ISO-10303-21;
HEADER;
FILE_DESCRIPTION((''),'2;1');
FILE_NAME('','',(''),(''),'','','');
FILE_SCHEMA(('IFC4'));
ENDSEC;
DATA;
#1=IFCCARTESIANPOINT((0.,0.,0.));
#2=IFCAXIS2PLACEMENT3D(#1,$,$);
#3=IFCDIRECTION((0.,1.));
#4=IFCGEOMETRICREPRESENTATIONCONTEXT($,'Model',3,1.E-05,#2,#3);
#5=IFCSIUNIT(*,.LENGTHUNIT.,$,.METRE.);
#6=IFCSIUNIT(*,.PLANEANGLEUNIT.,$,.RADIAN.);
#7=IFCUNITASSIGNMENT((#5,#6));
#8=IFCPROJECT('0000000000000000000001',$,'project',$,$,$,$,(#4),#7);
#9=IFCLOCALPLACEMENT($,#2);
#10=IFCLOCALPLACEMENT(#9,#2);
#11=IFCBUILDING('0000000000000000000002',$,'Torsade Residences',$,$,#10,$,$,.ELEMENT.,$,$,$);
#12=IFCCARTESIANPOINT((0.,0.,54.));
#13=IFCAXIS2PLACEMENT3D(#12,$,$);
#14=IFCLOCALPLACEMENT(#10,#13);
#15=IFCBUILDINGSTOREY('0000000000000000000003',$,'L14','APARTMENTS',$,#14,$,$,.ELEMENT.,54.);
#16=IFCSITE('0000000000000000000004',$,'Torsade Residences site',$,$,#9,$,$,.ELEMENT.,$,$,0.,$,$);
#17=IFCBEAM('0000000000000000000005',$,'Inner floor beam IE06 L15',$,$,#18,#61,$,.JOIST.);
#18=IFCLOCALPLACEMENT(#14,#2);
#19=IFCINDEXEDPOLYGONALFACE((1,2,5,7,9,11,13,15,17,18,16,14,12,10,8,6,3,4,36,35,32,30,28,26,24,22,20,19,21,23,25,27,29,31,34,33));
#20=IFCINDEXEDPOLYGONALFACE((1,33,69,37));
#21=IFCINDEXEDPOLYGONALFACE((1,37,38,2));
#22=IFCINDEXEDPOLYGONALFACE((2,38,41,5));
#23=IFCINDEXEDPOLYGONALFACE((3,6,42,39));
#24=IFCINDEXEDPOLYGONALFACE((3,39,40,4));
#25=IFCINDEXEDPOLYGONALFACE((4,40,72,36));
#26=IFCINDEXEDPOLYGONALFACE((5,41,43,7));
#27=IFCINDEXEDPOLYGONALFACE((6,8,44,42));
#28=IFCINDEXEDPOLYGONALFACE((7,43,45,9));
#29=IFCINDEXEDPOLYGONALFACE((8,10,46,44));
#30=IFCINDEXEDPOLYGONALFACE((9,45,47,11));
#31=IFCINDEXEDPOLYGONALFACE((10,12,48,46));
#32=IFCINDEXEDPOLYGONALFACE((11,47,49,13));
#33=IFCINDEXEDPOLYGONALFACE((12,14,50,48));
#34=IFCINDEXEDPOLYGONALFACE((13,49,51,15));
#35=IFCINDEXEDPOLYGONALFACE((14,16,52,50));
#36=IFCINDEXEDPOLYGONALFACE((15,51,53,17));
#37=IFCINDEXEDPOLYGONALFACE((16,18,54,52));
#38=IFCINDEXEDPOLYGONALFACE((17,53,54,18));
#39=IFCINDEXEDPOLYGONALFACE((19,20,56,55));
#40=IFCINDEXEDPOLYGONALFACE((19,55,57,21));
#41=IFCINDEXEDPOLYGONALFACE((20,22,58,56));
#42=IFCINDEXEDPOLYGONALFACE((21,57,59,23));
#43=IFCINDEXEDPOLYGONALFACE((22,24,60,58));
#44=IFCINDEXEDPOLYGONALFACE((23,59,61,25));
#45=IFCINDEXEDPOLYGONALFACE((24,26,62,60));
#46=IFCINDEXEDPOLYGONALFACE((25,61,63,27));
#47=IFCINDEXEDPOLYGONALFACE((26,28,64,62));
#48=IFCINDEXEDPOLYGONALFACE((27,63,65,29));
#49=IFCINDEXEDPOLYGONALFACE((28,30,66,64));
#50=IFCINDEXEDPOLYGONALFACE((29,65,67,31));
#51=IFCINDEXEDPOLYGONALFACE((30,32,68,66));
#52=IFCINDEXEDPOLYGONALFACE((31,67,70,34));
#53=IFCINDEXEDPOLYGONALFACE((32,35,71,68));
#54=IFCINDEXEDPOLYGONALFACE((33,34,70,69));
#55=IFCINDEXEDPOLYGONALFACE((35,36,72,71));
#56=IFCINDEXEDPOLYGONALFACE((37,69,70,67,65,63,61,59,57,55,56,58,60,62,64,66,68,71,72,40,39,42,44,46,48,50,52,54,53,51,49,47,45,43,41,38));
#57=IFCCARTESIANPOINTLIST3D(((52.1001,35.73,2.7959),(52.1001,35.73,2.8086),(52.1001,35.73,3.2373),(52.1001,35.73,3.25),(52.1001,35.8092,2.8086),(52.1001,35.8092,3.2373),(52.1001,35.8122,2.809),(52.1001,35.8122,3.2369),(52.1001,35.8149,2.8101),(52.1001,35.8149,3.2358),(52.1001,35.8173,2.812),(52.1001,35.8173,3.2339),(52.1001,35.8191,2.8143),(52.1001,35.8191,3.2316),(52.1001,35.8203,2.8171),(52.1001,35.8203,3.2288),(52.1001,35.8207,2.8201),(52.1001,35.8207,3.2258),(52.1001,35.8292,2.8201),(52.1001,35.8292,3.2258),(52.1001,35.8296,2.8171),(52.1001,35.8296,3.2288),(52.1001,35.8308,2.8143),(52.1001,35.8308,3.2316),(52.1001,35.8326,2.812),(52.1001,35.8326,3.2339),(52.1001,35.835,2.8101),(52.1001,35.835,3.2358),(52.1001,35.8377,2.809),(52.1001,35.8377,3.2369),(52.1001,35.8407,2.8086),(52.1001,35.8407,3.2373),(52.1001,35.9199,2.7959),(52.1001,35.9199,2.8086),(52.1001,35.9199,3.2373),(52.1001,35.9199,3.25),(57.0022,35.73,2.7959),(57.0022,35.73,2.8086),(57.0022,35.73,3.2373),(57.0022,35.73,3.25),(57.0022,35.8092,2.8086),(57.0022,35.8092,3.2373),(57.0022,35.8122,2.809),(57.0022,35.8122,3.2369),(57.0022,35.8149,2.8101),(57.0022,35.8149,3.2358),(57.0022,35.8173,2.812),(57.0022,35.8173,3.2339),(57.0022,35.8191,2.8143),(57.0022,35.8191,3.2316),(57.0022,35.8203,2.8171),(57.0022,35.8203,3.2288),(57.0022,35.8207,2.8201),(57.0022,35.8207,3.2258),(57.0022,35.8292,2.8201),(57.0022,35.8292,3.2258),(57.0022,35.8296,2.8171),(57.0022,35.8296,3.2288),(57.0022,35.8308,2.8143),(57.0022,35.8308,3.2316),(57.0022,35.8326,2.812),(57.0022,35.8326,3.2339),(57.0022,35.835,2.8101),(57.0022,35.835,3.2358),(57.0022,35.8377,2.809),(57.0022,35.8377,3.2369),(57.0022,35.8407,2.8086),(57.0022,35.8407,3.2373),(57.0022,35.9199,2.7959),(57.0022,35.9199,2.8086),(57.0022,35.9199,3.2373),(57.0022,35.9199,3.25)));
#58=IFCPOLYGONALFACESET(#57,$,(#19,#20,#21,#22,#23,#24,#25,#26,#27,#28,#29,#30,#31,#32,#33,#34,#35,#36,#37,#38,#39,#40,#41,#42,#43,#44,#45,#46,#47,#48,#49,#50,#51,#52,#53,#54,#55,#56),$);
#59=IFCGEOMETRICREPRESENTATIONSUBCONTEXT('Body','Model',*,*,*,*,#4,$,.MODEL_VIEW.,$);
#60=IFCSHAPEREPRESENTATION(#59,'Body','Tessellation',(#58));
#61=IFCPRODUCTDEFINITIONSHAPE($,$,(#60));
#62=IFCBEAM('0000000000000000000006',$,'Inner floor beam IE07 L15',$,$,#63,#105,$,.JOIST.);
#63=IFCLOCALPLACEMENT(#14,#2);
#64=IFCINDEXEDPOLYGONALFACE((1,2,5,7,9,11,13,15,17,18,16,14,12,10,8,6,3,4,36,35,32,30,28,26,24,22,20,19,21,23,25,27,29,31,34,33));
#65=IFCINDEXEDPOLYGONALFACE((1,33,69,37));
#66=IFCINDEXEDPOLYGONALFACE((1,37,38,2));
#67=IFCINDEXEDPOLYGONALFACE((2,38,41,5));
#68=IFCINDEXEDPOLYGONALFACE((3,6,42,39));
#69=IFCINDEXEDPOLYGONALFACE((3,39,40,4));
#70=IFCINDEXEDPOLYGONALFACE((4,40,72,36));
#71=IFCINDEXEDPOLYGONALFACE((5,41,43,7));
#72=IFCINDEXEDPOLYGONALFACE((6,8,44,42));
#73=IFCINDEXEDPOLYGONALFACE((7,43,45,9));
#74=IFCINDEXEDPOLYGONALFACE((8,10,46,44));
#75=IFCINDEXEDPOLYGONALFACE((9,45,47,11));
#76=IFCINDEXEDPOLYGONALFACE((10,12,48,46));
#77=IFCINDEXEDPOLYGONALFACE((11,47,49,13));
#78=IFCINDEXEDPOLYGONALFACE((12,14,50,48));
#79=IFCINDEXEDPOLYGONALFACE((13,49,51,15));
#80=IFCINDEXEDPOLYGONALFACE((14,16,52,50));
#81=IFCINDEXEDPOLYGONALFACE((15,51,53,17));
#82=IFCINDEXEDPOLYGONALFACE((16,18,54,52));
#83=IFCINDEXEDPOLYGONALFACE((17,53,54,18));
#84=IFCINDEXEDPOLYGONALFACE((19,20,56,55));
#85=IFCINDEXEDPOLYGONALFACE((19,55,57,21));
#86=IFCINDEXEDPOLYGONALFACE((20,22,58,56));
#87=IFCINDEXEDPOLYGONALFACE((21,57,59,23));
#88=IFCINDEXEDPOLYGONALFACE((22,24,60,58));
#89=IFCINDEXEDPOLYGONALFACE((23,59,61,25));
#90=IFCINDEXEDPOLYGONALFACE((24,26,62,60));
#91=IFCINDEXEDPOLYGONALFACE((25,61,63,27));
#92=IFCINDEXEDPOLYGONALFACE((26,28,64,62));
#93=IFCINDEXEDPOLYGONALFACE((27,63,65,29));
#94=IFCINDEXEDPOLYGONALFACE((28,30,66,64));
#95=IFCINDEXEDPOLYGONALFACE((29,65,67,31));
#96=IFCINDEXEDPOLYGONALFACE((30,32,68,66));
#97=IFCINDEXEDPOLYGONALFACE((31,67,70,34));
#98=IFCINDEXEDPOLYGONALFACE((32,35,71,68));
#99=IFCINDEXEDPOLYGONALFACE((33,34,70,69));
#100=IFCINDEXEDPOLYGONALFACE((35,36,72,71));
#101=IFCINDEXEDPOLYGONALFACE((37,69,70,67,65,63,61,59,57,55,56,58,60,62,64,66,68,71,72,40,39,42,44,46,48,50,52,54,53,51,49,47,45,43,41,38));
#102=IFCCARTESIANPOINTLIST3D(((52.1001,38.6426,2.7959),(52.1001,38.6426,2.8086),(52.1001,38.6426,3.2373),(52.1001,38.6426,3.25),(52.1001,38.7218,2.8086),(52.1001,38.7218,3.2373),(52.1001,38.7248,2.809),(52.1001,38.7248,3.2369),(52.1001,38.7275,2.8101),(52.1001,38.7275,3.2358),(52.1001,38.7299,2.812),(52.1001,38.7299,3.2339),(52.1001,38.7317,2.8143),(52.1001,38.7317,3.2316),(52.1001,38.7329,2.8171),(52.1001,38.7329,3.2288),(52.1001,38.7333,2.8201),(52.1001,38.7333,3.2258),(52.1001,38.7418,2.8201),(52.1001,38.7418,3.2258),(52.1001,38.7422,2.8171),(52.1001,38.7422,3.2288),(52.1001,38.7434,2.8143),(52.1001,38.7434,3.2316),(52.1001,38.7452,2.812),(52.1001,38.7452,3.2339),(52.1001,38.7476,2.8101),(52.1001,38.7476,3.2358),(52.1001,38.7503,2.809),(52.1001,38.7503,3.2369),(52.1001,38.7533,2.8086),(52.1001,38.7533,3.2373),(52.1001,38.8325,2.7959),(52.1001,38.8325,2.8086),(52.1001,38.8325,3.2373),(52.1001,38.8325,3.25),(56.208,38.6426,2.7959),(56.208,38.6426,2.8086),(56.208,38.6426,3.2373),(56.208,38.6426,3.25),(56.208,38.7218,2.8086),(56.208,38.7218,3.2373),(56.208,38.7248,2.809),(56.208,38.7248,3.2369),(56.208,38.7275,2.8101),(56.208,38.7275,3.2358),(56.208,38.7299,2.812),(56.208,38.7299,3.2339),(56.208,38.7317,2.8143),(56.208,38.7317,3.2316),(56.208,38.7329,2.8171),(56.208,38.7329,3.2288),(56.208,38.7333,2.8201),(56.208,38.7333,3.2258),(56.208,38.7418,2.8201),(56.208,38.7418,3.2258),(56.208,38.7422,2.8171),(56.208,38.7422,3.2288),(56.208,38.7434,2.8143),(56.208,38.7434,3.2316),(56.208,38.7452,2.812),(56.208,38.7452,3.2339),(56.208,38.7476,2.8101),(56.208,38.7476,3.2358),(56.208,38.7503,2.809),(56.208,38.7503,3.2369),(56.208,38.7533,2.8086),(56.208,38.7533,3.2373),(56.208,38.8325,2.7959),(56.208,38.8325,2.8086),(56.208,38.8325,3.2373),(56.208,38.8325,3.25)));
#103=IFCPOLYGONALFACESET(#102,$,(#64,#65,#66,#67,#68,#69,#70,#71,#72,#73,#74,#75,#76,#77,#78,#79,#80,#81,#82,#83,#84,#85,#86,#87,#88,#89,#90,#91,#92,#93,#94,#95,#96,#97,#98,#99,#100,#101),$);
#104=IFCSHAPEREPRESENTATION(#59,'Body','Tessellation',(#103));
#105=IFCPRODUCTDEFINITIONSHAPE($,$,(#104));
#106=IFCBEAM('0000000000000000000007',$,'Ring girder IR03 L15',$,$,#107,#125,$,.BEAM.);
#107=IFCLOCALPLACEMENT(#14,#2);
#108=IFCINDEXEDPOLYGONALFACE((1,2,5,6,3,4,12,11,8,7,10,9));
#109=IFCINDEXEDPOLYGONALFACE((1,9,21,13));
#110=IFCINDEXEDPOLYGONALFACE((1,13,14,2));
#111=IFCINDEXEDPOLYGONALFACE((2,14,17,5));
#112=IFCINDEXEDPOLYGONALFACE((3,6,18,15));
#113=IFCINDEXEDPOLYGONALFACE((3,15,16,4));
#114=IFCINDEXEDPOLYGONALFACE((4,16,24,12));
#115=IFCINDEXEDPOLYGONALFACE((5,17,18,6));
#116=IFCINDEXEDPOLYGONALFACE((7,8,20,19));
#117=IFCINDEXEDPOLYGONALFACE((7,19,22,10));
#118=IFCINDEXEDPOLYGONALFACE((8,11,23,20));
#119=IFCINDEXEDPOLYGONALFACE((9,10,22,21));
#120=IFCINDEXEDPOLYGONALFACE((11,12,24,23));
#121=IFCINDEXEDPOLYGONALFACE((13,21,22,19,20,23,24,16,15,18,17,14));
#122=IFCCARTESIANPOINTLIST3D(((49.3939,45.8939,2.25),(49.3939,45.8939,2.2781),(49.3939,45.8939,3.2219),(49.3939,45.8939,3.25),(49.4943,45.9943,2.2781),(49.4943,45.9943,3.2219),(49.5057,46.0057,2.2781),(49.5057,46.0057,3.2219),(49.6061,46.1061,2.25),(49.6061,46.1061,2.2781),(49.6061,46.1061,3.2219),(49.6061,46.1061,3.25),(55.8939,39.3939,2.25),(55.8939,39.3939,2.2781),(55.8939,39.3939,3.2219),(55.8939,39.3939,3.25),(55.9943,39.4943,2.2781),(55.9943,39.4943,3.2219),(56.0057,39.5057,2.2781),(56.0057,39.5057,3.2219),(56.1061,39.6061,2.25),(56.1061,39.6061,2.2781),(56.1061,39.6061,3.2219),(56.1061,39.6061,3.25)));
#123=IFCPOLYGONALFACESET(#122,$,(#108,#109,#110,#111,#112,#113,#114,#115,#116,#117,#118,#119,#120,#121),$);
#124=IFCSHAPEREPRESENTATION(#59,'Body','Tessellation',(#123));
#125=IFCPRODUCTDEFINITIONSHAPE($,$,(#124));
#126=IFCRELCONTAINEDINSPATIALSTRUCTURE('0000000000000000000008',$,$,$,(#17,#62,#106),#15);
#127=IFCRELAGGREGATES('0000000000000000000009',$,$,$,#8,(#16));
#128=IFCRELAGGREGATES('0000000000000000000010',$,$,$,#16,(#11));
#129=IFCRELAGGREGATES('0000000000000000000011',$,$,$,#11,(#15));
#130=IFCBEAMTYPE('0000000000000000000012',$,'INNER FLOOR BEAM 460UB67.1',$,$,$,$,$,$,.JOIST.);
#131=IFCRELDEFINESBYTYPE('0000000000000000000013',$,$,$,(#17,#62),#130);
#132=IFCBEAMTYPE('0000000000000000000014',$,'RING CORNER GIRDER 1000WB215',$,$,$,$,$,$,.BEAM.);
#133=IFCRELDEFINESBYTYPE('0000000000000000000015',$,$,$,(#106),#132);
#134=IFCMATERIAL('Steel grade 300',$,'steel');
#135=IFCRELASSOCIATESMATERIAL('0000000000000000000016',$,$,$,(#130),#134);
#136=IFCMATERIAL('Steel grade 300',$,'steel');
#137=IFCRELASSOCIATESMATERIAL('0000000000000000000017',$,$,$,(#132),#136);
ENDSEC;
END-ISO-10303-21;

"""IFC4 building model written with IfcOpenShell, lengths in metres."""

from ifc_helpers import new_model, si_unit, direction, frame, origin, origin_2d, place, context, subcontext, project, spatial, i_section, extrude, material, material_profile, profile_set, type_object, element, save


model = new_model("IFC4")

# Units and contexts
model_context = context("Model", 3, precision=1e-05, world=origin(), true_north=direction((0.0, 1.0)))
body_context = subcontext(model_context, "Body", "Model", "MODEL_VIEW")
ifc_project = project(units=[si_unit("LENGTHUNIT", "METRE"), si_unit("PLANEANGLEUNIT", "RADIAN")], contexts=[model_context])

# Site, building, storey
site_placement = place(None, origin())
site = spatial("IfcSite", under=ifc_project, at=site_placement, Name="Torsade Residences site", CompositionType="ELEMENT", RefElevation=0.0)
building_placement = place(site_placement, origin())
building = spatial("IfcBuilding", under=site, at=building_placement, Name="Torsade Residences", CompositionType="ELEMENT")
storey_placement = place(building_placement, frame((0.0, 0.0, 54.0)))
storey = spatial("IfcBuildingStorey", under=building, at=storey_placement, Name="L14", Description="APARTMENTS", CompositionType="ELEMENT", Elevation=54.0)

# Beams
ifc_material_1 = material(Name="Steel grade 300", Category="steel")
ifc_material_profile_1 = material_profile(ifc_material_1, i_section(OverallWidth=0.1899, OverallDepth=0.4541, WebThickness=0.0085, FlangeThickness=0.0127, FilletRadius=0.0115, at=origin_2d()), Name="460UB67.1")
ifc_profile_set_1 = profile_set([ifc_material_profile_1], Name="Steel grade 300")
beam_type_1 = type_object("IfcBeamType", Name="INNER FLOOR BEAM 460UB67.1", PredefinedType="JOIST", material=ifc_profile_set_1)
beam_1_placement = place(storey_placement, frame((52.1001, 35.825, 3.0229), z_axis=(1.0, 0.0, 0.0), x_axis=(0.0, 1.0, 0.0)))
element("IfcBeam", 1, at=beam_1_placement, inside=storey, type_object=beam_type_1, Name="Inner floor beam IE06 L15", PredefinedType="JOIST", context=body_context, shape_type="SweptSolid", body=[
    extrude(i_section(OverallWidth=0.1899, OverallDepth=0.4541, WebThickness=0.0085, FlangeThickness=0.0127, FilletRadius=0.0115, at=origin_2d()), origin(), (0.0, 0.0, 1.0), 4.9021),
])
beam_2_placement = place(storey_placement, frame((52.1001, 38.7375, 3.0229), z_axis=(1.0, 0.0, 0.0), x_axis=(0.0, 1.0, 0.0)))
element("IfcBeam", 2, at=beam_2_placement, inside=storey, type_object=beam_type_1, Name="Inner floor beam IE07 L15", PredefinedType="JOIST", context=body_context, shape_type="SweptSolid", body=[
    extrude(i_section(OverallWidth=0.1899, OverallDepth=0.4541, WebThickness=0.0085, FlangeThickness=0.0127, FilletRadius=0.0115, at=origin_2d()), origin(), (0.0, 0.0, 1.0), 4.1079),
])
ifc_material_2 = material(Name="Steel grade 300", Category="steel")
ifc_material_profile_2 = material_profile(ifc_material_2, i_section(OverallWidth=0.3, OverallDepth=1.0, WebThickness=0.0161, FlangeThickness=0.0281, at=origin_2d()), Name="1000WB215")
ifc_profile_set_2 = profile_set([ifc_material_profile_2], Name="Steel grade 300")
beam_type_2 = type_object("IfcBeamType", Name="RING CORNER GIRDER 1000WB215", PredefinedType="BEAM", material=ifc_profile_set_2)
beam_3_placement = place(storey_placement, frame((56.0, 39.5, 2.75), z_axis=(-0.707107, 0.707107, 0.0), x_axis=(-0.707107, -0.707107, 0.0)))
element("IfcBeam", 3, at=beam_3_placement, inside=storey, type_object=beam_type_2, Name="Ring girder IR03 L15", PredefinedType="BEAM", context=body_context, shape_type="SweptSolid", body=[
    extrude(i_section(OverallWidth=0.3, OverallDepth=1.0, WebThickness=0.0161, FlangeThickness=0.0281, at=origin_2d()), origin(), (0.0, 0.0, 1.0), 9.1924),
])

save(model, "model.ifc")
